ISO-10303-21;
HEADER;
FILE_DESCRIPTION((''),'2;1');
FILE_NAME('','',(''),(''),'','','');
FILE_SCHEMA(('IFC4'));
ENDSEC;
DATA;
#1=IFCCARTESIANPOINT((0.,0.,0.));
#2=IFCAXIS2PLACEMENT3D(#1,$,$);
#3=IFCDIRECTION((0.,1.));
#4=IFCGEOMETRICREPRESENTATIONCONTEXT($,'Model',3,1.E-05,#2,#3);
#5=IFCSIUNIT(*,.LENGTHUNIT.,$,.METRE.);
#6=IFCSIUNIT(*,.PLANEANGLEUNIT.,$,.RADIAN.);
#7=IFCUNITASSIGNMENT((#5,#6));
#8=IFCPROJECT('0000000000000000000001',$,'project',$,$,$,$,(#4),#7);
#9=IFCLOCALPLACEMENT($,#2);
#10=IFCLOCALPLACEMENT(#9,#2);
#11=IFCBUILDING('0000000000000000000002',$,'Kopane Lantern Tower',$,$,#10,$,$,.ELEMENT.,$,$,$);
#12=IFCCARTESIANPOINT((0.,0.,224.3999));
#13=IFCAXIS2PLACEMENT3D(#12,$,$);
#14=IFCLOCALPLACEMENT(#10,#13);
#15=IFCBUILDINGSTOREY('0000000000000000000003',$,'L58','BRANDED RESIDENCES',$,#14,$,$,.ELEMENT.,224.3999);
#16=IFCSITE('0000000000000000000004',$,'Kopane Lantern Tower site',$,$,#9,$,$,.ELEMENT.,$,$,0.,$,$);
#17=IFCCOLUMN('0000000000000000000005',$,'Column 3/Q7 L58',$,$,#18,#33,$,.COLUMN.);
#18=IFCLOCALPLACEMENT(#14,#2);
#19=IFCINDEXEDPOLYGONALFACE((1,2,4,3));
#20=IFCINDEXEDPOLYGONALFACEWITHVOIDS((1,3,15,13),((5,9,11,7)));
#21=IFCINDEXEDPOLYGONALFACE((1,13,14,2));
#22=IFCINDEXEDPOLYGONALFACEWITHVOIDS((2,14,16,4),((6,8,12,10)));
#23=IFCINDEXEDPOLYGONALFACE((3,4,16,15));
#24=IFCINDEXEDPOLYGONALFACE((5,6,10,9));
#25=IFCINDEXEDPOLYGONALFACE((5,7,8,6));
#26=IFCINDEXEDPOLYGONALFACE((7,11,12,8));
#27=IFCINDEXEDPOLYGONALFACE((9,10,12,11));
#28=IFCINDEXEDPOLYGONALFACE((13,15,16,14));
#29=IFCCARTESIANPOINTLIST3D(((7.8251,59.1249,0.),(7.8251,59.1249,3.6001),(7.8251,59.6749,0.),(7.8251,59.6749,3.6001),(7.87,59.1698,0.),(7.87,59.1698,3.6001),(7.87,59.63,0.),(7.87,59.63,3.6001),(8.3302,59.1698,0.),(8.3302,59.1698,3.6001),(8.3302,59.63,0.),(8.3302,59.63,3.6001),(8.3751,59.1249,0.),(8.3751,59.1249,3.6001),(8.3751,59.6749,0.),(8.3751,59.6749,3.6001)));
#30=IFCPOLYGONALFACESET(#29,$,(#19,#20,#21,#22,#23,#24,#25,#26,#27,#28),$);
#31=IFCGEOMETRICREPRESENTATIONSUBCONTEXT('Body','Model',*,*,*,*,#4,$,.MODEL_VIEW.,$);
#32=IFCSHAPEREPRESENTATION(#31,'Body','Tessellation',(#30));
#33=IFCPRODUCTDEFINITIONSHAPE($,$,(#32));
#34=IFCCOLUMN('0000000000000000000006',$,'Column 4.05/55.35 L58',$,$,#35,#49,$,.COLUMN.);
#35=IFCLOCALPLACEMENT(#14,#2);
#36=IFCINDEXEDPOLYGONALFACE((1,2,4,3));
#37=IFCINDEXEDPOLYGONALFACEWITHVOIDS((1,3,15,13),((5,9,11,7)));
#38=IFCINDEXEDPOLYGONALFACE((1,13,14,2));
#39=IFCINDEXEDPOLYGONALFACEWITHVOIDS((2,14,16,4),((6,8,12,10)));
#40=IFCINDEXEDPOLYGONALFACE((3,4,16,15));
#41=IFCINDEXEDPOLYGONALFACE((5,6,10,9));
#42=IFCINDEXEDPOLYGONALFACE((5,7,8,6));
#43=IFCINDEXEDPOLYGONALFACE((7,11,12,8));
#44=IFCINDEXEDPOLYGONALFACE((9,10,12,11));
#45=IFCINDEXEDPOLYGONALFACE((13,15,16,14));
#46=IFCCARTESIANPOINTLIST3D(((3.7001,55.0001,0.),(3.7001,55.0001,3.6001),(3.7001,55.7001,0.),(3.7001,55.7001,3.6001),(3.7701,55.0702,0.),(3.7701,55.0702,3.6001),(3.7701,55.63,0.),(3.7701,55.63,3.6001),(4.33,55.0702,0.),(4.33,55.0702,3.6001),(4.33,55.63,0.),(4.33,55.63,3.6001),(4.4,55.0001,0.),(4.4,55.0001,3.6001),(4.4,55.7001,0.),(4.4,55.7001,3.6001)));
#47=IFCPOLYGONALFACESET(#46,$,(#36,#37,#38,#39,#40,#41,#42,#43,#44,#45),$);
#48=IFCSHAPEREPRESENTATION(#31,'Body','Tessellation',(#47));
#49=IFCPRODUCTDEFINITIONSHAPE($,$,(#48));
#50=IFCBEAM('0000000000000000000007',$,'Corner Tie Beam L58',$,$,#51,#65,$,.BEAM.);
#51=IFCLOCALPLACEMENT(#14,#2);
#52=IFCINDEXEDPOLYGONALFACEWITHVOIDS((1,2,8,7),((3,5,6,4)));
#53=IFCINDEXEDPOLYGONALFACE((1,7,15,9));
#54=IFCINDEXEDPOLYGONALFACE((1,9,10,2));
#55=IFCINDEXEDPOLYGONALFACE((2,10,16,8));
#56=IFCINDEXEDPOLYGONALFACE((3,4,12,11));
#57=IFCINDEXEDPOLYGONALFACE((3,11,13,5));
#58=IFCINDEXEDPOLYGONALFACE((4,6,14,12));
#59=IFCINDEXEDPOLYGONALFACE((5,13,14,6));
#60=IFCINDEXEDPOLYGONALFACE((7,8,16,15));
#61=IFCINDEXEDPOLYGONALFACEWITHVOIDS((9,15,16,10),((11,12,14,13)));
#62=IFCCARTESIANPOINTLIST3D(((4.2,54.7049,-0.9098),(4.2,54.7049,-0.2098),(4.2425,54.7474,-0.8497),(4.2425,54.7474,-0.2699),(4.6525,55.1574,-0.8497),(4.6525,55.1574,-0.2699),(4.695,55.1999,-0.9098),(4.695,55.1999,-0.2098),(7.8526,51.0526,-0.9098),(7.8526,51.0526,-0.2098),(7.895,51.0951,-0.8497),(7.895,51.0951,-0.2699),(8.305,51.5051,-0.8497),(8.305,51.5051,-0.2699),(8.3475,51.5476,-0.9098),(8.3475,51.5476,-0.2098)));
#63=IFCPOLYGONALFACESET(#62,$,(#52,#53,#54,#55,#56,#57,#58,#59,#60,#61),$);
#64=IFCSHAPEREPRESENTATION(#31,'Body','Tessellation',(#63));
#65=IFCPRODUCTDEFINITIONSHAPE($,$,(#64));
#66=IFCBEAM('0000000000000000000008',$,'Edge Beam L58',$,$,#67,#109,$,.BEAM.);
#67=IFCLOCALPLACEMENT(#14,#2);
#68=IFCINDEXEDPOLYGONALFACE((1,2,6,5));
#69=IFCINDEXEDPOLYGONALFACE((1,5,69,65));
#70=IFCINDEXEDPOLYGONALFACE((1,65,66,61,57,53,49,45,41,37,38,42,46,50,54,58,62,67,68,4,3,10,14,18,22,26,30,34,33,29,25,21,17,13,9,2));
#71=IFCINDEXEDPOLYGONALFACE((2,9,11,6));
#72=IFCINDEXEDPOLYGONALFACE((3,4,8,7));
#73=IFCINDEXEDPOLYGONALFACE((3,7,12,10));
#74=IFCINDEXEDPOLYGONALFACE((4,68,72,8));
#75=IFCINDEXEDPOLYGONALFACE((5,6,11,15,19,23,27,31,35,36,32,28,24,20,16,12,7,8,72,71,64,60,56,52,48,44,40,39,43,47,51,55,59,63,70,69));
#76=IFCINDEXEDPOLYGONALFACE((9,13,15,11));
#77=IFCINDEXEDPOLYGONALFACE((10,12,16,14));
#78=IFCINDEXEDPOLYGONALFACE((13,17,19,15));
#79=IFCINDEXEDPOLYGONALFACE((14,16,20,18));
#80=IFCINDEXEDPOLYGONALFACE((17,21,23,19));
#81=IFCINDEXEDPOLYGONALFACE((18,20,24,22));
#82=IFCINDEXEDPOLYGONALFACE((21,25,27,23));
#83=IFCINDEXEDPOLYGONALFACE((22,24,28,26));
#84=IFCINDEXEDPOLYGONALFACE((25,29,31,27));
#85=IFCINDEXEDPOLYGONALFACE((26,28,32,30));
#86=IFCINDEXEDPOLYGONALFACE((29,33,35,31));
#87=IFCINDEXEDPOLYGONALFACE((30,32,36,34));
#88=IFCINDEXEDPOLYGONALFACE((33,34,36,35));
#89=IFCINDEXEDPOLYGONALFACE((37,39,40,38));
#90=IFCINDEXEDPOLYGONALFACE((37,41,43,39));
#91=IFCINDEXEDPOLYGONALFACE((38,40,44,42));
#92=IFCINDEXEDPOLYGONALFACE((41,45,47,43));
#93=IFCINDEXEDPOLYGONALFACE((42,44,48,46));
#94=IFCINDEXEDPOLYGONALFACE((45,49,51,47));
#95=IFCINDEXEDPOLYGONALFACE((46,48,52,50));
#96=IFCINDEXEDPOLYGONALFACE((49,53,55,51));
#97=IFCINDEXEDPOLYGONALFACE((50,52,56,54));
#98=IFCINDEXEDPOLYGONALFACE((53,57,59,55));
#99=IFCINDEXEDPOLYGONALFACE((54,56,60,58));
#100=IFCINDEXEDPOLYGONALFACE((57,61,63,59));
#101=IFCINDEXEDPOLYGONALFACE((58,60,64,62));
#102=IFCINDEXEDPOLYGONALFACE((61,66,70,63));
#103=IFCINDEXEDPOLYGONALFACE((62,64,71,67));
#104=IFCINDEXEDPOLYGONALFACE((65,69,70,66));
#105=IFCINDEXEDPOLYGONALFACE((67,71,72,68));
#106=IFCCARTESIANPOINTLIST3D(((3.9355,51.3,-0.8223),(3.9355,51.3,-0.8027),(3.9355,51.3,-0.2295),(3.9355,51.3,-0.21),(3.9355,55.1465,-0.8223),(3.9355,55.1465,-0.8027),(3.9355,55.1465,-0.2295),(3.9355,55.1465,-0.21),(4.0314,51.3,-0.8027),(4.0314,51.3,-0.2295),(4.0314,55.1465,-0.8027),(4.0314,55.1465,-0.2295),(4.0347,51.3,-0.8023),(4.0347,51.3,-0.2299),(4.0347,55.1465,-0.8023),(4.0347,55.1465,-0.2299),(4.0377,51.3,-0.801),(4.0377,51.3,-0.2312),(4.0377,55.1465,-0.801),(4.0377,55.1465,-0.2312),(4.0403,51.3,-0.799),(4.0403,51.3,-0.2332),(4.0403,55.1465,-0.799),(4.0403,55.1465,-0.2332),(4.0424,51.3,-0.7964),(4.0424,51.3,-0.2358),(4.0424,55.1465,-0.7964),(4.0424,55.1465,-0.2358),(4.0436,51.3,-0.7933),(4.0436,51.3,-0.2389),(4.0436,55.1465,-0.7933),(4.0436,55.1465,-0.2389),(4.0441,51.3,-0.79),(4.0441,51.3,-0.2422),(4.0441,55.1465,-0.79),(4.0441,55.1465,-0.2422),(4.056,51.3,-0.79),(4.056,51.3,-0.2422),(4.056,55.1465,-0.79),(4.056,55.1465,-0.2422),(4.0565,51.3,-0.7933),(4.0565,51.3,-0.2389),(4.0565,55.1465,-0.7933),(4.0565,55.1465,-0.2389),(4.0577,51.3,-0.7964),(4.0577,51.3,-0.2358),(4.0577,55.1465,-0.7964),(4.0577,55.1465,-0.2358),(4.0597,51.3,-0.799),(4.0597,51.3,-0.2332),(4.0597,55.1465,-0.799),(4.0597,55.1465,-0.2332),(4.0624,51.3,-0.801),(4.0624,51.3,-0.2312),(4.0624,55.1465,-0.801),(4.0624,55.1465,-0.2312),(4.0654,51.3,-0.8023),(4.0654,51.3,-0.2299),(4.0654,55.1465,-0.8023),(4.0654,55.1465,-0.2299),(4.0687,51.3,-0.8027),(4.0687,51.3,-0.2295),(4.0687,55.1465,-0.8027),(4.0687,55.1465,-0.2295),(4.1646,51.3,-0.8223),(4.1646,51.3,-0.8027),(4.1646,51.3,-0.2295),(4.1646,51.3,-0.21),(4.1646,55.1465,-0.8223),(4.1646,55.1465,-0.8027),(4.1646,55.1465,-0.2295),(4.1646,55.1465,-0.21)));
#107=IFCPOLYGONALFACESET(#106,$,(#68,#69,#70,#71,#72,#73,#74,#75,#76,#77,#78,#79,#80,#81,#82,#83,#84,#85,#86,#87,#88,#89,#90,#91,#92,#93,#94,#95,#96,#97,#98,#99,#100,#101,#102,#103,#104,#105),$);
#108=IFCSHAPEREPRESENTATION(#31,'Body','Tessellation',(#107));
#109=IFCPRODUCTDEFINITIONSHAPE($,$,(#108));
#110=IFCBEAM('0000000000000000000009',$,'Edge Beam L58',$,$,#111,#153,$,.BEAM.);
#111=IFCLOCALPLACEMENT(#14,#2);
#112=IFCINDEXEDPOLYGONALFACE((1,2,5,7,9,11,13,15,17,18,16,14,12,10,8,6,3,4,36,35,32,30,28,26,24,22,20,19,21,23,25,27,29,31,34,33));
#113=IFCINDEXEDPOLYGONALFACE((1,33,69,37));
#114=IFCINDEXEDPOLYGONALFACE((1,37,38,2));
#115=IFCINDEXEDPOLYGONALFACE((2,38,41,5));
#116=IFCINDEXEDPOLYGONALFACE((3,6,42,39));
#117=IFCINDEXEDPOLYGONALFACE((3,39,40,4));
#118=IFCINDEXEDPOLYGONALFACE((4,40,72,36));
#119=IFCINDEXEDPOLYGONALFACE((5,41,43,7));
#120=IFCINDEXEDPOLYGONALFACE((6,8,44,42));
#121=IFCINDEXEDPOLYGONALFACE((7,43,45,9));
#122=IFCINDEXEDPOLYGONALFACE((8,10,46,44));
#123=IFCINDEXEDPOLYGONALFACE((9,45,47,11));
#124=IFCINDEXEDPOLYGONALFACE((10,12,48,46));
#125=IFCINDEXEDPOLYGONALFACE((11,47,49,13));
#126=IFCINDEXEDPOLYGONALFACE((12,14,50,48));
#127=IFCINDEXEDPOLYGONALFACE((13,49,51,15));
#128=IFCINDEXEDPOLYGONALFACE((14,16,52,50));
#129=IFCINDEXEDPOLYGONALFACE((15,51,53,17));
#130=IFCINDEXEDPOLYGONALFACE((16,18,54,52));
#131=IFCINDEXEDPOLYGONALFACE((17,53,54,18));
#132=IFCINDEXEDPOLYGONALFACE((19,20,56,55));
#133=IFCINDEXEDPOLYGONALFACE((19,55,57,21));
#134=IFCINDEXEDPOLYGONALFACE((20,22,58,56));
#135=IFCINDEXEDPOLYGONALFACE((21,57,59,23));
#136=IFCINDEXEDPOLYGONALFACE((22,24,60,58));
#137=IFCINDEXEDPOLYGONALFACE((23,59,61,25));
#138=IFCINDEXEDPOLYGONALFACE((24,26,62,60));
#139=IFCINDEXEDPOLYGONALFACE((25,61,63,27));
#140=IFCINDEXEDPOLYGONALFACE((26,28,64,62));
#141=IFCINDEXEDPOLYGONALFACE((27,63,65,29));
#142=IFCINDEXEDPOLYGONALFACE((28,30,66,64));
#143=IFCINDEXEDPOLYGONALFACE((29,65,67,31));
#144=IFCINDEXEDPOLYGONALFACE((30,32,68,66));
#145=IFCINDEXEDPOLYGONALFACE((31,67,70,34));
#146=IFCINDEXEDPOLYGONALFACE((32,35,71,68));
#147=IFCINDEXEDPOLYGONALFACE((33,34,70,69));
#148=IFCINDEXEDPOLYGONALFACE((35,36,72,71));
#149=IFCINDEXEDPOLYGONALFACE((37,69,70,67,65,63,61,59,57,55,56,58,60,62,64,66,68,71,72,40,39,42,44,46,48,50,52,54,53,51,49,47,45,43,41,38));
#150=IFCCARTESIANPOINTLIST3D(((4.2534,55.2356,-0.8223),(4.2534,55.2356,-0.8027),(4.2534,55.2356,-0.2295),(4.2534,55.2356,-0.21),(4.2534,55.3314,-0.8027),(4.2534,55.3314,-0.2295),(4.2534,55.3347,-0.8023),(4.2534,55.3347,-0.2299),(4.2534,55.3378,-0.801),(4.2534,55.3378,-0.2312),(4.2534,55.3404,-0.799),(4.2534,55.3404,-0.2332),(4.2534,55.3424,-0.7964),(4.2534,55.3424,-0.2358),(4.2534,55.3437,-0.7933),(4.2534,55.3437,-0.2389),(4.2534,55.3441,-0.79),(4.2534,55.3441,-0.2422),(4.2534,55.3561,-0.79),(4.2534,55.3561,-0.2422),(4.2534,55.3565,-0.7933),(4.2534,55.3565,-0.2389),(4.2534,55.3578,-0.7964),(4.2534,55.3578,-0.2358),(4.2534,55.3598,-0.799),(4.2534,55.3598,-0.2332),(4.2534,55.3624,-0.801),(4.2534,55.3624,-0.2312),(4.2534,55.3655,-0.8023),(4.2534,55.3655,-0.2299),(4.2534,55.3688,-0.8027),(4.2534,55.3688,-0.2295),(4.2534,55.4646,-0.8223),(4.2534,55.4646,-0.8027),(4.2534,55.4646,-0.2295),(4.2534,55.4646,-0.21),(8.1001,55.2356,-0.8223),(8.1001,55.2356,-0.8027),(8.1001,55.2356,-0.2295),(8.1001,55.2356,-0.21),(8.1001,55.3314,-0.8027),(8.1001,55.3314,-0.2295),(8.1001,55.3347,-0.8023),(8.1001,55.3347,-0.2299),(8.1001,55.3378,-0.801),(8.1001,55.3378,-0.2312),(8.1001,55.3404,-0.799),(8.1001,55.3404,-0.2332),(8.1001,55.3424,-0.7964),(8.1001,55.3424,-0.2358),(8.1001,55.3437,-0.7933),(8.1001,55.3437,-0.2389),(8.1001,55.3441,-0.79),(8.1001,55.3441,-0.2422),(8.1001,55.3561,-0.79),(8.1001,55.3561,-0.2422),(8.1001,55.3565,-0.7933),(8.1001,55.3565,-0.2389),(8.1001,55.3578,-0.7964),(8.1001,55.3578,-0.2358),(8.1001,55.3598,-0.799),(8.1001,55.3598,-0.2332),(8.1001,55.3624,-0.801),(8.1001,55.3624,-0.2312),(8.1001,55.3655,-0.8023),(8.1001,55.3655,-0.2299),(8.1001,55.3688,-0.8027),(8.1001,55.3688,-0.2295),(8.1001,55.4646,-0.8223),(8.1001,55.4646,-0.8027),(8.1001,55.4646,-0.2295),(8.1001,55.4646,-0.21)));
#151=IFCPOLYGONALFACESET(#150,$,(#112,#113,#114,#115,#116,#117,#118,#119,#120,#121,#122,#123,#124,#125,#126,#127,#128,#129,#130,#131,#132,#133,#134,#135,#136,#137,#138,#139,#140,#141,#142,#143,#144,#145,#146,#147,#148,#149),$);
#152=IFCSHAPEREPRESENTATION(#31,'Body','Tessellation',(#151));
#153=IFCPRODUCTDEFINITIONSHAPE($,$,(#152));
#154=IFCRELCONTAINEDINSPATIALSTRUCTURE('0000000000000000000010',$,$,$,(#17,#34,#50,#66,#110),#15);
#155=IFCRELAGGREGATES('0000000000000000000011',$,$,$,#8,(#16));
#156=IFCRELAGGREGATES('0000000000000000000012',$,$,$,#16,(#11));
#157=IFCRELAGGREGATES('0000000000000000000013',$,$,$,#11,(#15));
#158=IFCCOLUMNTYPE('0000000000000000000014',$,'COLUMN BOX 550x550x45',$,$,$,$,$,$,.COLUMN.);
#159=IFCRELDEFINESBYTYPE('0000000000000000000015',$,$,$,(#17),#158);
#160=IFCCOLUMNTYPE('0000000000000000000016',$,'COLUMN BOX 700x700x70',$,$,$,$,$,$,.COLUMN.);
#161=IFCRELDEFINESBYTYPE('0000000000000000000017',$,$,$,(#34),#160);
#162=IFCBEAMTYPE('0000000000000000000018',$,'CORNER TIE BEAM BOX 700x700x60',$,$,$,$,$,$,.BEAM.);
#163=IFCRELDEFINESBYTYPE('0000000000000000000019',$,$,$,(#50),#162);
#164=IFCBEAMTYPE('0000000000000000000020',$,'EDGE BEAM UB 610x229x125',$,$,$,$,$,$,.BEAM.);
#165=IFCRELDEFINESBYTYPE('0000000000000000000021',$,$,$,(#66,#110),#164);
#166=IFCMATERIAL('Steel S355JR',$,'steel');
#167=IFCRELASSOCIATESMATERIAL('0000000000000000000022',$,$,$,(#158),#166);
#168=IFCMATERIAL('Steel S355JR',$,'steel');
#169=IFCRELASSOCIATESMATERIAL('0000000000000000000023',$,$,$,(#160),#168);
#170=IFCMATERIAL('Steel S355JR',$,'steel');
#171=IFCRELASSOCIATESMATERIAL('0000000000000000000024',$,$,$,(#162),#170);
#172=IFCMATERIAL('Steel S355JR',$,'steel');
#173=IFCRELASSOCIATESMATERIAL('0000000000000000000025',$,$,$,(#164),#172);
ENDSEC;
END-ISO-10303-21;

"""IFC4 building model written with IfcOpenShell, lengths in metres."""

from ifc_helpers import new_model, si_unit, direction, frame, origin, origin_2d, place, context, subcontext, project, spatial, hollow_rectangle, i_section, extrude, material, material_profile, profile_set, type_object, element, save


model = new_model("IFC4")

# Units and contexts
model_context = context("Model", 3, precision=1e-05, world=origin(), true_north=direction((0.0, 1.0)))
body_context = subcontext(model_context, "Body", "Model", "MODEL_VIEW")
ifc_project = project(units=[si_unit("LENGTHUNIT", "METRE"), si_unit("PLANEANGLEUNIT", "RADIAN")], contexts=[model_context])

# Site, building, storey
site_placement = place(None, origin())
site = spatial("IfcSite", under=ifc_project, at=site_placement, Name="Kopane Lantern Tower site", CompositionType="ELEMENT", RefElevation=0.0)
building_placement = place(site_placement, origin())
building = spatial("IfcBuilding", under=site, at=building_placement, Name="Kopane Lantern Tower", CompositionType="ELEMENT")
storey_placement = place(building_placement, frame((0.0, 0.0, 224.3999)))
storey = spatial("IfcBuildingStorey", under=building, at=storey_placement, Name="L58", Description="BRANDED RESIDENCES", CompositionType="ELEMENT", Elevation=224.3999)

# Columns
ifc_material_1 = material(Name="Steel S355JR", Category="steel")
ifc_material_profile_1 = material_profile(ifc_material_1, hollow_rectangle(XDim=0.55, YDim=0.55, WallThickness=0.0449, at=origin_2d()), Name="BOX 550x550x45")
ifc_profile_set_1 = profile_set([ifc_material_profile_1], Name="Steel S355JR")
column_type_1 = type_object("IfcColumnType", Name="COLUMN BOX 550x550x45", PredefinedType="COLUMN", material=ifc_profile_set_1)
column_1_placement = place(storey_placement, frame((8.1001, 59.3999, 0.0), z_axis=(0.0, 0.0, 1.0), x_axis=(1.0, 0.0, 0.0)))
element("IfcColumn", 1, at=column_1_placement, inside=storey, type_object=column_type_1, Name="Column 3/Q7 L58", PredefinedType="COLUMN", context=body_context, shape_type="SweptSolid", body=[
    extrude(hollow_rectangle(XDim=0.55, YDim=0.55, WallThickness=0.0449, at=origin_2d()), origin(), (0.0, 0.0, 1.0), 3.6001),
])
ifc_material_2 = material(Name="Steel S355JR", Category="steel")
ifc_material_profile_2 = material_profile(ifc_material_2, hollow_rectangle(XDim=0.7, YDim=0.7, WallThickness=0.0701, at=origin_2d()), Name="BOX 700x700x70")
ifc_profile_set_2 = profile_set([ifc_material_profile_2], Name="Steel S355JR")
column_type_2 = type_object("IfcColumnType", Name="COLUMN BOX 700x700x70", PredefinedType="COLUMN", material=ifc_profile_set_2)
column_2_placement = place(storey_placement, frame((4.05, 55.3501, 0.0), z_axis=(0.0, 0.0, 1.0), x_axis=(1.0, 0.0, 0.0)))
element("IfcColumn", 2, at=column_2_placement, inside=storey, type_object=column_type_2, Name="Column 4.05/55.35 L58", PredefinedType="COLUMN", context=body_context, shape_type="SweptSolid", body=[
    extrude(hollow_rectangle(XDim=0.7, YDim=0.7, WallThickness=0.0701, at=origin_2d()), origin(), (0.0, 0.0, 1.0), 3.6001),
])

# Beams
ifc_material_3 = material(Name="Steel S355JR", Category="steel")
ifc_material_profile_3 = material_profile(ifc_material_3, hollow_rectangle(XDim=0.7, YDim=0.7, WallThickness=0.0601, at=origin_2d()), Name="BOX 700x700x60")
ifc_profile_set_3 = profile_set([ifc_material_profile_3], Name="Steel S355JR")
beam_type_1 = type_object("IfcBeamType", Name="CORNER TIE BEAM BOX 700x700x60", PredefinedType="BEAM", material=ifc_profile_set_3)
beam_1_placement = place(storey_placement, frame((4.4475, 54.9524, -0.5598), z_axis=(0.70713, -0.707083, 0.0), x_axis=(0.707083, 0.70713, 0.0)))
element("IfcBeam", 3, at=beam_1_placement, inside=storey, type_object=beam_type_1, Name="Corner Tie Beam L58", PredefinedType="BEAM", context=body_context, shape_type="SweptSolid", body=[
    extrude(hollow_rectangle(XDim=0.7, YDim=0.7, WallThickness=0.0601, at=origin_2d()), origin(), (0.0, 0.0, 1.0), 5.1653),
])
ifc_material_4 = material(Name="Steel S355JR", Category="steel")
ifc_material_profile_4 = material_profile(ifc_material_4, i_section(OverallWidth=0.229, OverallDepth=0.6123, WebThickness=0.012, FlangeThickness=0.0195, FilletRadius=0.0127, at=origin_2d()), Name="UB 610x229x125")
ifc_profile_set_4 = profile_set([ifc_material_profile_4], Name="Steel S355JR")
beam_type_2 = type_object("IfcBeamType", Name="EDGE BEAM UB 610x229x125", PredefinedType="BEAM", material=ifc_profile_set_4)
beam_2_placement = place(storey_placement, frame((4.05, 55.1465, -0.5161), z_axis=(0.0, -1.0, 0.0), x_axis=(1.0, 0.0, 0.0)))
element("IfcBeam", 4, at=beam_2_placement, inside=storey, type_object=beam_type_2, Name="Edge Beam L58", PredefinedType="BEAM", context=body_context, shape_type="SweptSolid", body=[
    extrude(i_section(OverallWidth=0.229, OverallDepth=0.6123, WebThickness=0.012, FlangeThickness=0.0195, FilletRadius=0.0127, at=origin_2d()), origin(), (0.0, 0.0, 1.0), 3.8464),
])
beam_3_placement = place(storey_placement, frame((4.2534, 55.3501, -0.5161), z_axis=(1.0, 0.0, 0.0), x_axis=(0.0, 1.0, 0.0)))
element("IfcBeam", 5, at=beam_3_placement, inside=storey, type_object=beam_type_2, Name="Edge Beam L58", PredefinedType="BEAM", context=body_context, shape_type="SweptSolid", body=[
    extrude(i_section(OverallWidth=0.229, OverallDepth=0.6123, WebThickness=0.012, FlangeThickness=0.0195, FilletRadius=0.0127, at=origin_2d()), origin(), (0.0, 0.0, 1.0), 3.8467),
])

save(model, "model.ifc")
